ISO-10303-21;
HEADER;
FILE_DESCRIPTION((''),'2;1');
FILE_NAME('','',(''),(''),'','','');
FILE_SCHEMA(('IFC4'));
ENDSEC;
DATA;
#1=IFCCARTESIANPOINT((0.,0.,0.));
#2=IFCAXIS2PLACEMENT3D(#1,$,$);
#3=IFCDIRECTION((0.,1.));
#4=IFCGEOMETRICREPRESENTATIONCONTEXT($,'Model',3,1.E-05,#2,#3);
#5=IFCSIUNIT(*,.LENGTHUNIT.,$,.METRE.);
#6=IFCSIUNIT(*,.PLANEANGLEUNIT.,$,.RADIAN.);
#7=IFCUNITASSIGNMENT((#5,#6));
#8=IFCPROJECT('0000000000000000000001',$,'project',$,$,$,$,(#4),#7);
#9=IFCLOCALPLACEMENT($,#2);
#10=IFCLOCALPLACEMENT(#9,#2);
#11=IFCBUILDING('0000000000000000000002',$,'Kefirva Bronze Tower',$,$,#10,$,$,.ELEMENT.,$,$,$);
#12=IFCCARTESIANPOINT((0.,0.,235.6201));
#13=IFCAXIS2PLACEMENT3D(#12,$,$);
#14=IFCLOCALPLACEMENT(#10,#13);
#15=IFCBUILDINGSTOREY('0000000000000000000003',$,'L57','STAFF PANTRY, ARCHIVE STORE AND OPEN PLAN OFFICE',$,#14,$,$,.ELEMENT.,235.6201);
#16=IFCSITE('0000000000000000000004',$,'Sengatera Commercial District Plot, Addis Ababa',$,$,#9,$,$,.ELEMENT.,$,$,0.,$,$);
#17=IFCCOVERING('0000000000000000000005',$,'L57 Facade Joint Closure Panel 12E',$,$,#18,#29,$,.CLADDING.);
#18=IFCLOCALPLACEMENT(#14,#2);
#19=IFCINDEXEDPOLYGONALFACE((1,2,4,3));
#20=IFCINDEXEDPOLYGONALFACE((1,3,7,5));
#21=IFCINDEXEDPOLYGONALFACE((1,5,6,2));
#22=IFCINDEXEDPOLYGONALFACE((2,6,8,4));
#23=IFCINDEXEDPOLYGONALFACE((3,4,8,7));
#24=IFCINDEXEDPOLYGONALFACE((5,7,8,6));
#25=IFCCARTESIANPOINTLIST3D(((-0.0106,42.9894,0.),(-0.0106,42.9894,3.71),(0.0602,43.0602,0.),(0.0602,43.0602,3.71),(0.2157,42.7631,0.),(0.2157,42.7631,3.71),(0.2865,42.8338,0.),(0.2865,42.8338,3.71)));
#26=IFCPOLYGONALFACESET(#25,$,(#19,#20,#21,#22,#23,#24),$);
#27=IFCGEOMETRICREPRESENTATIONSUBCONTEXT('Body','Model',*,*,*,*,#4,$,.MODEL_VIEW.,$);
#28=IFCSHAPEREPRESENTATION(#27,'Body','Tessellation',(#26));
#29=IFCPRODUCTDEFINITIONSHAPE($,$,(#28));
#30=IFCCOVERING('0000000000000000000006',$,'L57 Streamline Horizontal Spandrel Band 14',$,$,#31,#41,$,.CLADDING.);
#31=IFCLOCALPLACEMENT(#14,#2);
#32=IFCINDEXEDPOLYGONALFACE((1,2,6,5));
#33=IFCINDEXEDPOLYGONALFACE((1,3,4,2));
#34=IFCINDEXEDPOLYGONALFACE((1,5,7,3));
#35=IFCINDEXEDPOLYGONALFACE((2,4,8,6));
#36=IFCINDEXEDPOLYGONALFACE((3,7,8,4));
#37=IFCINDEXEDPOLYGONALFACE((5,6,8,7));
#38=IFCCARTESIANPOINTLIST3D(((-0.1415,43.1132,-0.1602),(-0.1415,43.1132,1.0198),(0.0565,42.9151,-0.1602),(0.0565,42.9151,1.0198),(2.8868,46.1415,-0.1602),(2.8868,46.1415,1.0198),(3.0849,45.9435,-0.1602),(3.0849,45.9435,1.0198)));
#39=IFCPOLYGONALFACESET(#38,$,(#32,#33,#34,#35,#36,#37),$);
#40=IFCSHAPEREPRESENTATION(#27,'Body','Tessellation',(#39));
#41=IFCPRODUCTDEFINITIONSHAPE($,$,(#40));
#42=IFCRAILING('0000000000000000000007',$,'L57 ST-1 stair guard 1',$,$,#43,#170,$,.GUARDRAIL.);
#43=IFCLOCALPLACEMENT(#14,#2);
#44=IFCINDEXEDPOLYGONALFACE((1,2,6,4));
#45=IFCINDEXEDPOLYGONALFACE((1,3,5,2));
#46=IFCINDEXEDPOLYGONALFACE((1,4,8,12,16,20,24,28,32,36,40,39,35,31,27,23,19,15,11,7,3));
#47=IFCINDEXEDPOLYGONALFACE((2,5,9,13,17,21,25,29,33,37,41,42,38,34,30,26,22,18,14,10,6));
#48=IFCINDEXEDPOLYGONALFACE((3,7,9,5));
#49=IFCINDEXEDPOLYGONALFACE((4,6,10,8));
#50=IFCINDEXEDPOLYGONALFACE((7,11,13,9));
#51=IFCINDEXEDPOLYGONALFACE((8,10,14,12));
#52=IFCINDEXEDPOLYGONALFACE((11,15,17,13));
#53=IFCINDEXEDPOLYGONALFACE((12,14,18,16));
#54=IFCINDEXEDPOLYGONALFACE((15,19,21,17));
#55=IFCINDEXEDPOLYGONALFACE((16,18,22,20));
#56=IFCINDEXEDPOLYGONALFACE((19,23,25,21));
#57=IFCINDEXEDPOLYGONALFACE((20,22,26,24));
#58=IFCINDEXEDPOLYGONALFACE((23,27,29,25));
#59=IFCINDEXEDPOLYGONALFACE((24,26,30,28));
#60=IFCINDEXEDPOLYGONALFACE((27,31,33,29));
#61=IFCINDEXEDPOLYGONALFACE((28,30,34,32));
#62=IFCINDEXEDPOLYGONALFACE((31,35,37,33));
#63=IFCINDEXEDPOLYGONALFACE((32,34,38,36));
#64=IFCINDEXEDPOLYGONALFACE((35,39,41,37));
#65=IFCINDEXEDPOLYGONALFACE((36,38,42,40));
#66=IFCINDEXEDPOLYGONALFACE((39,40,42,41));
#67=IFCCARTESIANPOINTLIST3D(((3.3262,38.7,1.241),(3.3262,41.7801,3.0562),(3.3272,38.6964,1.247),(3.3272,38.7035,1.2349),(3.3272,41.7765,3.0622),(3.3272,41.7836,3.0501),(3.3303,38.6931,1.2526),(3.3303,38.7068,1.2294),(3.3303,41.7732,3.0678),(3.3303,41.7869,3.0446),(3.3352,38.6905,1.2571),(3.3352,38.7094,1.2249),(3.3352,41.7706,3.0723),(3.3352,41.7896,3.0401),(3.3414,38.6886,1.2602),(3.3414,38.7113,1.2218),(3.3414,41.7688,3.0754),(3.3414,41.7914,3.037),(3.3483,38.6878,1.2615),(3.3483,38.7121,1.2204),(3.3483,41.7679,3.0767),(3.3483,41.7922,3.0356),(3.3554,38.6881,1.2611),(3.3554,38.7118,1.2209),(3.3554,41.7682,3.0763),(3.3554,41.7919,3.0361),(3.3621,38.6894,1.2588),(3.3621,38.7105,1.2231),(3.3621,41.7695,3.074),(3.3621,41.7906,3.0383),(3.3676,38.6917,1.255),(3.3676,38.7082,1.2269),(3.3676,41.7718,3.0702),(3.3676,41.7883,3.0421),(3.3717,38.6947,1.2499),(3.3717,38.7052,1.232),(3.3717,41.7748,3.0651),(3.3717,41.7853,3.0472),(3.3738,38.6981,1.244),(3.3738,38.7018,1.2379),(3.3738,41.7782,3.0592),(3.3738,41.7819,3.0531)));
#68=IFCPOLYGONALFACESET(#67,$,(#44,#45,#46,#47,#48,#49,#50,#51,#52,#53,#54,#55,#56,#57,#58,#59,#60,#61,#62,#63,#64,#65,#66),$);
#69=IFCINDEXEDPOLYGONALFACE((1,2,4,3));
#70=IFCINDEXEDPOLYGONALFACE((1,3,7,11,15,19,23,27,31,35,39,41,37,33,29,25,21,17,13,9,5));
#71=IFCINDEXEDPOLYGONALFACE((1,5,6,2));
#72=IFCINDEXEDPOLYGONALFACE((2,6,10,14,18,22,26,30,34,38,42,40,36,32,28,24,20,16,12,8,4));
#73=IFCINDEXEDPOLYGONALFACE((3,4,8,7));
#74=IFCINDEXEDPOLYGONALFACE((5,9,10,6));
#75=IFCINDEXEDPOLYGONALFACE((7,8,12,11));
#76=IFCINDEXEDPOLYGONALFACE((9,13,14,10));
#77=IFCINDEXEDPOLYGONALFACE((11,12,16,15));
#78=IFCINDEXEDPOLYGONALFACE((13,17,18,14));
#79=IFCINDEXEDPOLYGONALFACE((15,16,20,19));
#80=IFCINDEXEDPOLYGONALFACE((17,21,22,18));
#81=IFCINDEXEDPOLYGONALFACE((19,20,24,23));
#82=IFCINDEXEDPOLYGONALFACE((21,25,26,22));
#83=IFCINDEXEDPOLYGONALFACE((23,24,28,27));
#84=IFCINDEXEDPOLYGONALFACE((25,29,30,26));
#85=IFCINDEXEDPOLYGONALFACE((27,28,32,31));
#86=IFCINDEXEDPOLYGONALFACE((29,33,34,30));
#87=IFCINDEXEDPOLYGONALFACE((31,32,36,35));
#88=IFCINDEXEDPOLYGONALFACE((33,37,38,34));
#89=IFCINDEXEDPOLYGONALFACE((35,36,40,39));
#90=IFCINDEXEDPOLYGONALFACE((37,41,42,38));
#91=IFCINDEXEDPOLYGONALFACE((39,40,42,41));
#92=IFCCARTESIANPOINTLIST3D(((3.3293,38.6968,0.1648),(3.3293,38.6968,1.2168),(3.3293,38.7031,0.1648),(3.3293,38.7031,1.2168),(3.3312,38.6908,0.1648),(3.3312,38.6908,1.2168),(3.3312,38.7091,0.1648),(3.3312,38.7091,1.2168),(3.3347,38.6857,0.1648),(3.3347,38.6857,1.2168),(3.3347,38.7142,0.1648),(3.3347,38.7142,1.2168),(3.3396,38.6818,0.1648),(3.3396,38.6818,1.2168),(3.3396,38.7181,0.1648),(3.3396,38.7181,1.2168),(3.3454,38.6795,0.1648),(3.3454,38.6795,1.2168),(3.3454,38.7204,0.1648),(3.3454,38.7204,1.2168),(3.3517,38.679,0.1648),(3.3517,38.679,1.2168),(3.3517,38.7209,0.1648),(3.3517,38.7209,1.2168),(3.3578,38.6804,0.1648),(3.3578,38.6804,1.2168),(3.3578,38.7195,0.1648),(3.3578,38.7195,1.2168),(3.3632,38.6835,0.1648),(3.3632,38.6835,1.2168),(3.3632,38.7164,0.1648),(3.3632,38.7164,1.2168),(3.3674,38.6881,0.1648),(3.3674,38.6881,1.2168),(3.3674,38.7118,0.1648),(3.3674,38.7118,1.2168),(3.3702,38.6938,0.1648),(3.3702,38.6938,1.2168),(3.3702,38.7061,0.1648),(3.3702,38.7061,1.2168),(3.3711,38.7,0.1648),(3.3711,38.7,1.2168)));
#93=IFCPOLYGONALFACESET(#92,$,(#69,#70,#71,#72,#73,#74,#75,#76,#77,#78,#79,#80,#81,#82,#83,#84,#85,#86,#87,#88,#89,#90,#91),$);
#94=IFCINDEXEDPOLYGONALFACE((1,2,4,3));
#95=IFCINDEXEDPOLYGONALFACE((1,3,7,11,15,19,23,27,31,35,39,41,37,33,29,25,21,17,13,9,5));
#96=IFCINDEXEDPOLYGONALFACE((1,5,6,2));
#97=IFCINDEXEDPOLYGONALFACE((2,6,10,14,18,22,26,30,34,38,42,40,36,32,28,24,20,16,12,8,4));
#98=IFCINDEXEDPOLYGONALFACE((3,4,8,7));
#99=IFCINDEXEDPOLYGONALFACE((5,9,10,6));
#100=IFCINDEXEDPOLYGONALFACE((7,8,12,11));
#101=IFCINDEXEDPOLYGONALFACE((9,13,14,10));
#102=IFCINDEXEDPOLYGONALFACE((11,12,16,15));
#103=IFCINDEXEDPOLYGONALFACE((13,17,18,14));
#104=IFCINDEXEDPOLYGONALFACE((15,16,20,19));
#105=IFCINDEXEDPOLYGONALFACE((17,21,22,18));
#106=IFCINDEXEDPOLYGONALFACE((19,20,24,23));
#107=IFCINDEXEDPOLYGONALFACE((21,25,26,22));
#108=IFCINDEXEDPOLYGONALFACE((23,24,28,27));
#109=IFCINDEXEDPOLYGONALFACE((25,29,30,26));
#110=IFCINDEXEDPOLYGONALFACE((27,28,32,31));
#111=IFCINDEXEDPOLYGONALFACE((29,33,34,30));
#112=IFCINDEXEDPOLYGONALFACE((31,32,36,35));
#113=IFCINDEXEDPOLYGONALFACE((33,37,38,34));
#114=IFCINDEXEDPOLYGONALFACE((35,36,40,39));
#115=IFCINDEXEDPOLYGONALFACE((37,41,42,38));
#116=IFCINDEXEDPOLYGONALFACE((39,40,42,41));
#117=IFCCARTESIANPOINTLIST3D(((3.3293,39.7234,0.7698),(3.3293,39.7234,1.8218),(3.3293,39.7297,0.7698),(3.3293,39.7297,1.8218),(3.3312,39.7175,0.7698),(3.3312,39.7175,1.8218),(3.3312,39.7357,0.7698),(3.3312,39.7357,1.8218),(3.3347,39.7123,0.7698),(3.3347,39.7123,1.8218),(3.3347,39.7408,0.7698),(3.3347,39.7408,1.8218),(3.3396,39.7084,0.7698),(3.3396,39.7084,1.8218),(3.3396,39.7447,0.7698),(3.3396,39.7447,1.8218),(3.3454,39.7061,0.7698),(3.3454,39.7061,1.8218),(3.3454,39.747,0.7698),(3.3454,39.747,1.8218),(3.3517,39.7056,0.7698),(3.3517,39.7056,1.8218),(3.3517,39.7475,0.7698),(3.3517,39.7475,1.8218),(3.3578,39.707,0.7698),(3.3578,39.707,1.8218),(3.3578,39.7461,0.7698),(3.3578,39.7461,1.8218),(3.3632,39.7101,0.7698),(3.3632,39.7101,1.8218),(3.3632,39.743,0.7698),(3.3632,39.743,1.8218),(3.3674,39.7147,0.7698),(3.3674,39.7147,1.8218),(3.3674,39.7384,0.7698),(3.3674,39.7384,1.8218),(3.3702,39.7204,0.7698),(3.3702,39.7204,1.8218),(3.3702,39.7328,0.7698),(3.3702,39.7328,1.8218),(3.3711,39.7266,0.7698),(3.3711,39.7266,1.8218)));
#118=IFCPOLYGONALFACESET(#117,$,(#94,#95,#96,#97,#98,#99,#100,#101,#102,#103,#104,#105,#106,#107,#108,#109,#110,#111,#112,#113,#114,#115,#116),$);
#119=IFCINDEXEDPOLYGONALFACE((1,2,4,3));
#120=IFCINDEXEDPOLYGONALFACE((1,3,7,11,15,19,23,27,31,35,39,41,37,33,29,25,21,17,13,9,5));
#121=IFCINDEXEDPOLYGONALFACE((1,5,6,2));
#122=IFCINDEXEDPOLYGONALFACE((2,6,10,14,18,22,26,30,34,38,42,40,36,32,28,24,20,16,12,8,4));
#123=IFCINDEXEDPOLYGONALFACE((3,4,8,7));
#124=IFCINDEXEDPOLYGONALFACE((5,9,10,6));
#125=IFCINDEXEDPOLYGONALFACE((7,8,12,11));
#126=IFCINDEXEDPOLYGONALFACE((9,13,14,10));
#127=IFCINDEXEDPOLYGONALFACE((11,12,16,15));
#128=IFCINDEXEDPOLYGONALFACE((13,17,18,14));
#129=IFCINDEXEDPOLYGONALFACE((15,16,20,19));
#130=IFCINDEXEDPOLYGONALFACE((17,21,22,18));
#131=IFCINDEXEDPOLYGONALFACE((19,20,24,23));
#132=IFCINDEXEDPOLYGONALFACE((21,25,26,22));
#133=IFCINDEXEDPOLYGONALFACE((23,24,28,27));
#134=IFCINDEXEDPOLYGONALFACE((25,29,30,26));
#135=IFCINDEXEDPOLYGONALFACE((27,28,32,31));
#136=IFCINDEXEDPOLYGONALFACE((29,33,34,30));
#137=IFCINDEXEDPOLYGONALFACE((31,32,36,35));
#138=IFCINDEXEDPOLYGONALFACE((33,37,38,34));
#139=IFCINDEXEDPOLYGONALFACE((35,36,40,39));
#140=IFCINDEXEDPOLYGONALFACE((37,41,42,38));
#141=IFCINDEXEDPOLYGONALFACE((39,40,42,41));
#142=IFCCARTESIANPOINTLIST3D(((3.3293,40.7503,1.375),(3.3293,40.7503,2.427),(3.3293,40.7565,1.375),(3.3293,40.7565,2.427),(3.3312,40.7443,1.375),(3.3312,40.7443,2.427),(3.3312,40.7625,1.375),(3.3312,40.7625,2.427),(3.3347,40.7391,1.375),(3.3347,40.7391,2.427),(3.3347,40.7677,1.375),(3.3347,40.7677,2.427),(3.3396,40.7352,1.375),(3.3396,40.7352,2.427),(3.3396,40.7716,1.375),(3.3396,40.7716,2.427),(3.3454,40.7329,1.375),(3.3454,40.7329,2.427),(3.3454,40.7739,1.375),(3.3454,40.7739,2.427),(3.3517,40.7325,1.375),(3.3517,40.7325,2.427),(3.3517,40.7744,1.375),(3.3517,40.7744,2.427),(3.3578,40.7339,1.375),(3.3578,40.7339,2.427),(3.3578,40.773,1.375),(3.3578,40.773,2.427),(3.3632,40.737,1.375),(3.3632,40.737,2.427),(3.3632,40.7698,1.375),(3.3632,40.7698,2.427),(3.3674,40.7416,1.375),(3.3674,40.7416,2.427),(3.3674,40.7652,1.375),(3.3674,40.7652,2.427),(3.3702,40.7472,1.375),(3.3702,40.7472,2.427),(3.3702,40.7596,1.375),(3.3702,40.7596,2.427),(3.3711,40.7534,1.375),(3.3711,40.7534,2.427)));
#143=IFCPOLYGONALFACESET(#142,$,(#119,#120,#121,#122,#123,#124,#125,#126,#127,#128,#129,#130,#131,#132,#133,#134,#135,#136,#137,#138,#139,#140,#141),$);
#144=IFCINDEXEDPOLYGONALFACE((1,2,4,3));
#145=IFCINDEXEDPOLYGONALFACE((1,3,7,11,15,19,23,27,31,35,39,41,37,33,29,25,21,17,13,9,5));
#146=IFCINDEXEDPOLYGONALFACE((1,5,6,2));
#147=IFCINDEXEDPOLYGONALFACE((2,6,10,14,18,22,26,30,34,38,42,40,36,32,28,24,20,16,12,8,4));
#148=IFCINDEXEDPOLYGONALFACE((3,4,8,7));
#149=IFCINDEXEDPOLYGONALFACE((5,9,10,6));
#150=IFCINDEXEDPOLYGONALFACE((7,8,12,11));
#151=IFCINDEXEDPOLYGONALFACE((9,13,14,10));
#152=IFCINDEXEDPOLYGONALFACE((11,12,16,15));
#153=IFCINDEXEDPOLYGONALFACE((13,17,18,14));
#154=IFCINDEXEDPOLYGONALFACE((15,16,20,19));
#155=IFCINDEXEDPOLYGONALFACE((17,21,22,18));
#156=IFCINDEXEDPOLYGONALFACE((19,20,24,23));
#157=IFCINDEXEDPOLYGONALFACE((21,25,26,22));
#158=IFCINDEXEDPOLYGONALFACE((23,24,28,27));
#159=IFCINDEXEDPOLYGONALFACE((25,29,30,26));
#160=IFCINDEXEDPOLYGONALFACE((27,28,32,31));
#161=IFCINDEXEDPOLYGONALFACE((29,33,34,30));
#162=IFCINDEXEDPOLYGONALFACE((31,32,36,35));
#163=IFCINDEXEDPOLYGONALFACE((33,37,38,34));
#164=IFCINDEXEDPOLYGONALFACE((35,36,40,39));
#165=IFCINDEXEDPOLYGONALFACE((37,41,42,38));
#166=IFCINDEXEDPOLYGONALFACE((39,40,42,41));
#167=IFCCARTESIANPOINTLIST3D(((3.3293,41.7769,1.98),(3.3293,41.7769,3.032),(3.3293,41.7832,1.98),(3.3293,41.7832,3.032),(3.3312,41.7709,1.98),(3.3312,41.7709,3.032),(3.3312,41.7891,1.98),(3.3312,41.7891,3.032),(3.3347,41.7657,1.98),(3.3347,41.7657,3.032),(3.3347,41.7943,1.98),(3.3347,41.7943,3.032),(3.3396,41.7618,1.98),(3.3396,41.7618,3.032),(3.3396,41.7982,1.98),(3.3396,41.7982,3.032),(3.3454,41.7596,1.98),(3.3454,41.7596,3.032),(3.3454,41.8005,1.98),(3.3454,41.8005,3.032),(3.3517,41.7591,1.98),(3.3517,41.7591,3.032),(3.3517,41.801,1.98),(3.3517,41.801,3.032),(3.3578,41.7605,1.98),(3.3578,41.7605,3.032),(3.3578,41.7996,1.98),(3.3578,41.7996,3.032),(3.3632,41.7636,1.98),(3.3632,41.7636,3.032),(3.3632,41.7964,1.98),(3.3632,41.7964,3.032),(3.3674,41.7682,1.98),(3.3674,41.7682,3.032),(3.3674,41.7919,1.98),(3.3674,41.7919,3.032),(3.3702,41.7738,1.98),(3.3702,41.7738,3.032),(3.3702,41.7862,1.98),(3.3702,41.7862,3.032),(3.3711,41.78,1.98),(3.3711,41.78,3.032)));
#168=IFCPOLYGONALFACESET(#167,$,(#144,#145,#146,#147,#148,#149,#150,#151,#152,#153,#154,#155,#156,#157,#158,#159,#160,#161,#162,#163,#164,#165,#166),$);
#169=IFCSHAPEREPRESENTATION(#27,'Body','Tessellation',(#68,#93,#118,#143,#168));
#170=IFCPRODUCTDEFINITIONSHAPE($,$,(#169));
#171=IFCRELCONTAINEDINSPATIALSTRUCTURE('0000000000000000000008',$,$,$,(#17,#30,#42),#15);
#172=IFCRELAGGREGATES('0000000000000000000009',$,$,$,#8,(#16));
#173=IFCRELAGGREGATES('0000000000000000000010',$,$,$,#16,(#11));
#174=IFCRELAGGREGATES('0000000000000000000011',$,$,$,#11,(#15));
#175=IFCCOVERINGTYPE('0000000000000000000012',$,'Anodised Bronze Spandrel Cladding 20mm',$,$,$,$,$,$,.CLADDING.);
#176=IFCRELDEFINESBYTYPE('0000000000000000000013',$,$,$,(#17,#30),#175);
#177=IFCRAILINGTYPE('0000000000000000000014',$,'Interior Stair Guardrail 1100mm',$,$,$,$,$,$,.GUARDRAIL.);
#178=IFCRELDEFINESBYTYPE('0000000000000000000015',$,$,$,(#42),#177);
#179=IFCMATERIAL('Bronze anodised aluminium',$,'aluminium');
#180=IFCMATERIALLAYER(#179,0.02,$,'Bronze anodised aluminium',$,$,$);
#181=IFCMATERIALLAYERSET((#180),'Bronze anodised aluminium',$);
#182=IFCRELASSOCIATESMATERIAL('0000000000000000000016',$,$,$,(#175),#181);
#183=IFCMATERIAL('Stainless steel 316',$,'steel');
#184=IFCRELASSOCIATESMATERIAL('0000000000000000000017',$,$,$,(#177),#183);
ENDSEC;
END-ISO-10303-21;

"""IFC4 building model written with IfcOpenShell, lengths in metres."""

from ifc_helpers import new_model, si_unit, direction, frame, origin, origin_2d, place, context, subcontext, project, spatial, rectangle, circle, extrude, material, layer, layer_set, type_object, element, save


model = new_model("IFC4")

# Units and contexts
model_context = context("Model", 3, precision=1e-05, world=origin(), true_north=direction((0.0, 1.0)))
body_context = subcontext(model_context, "Body", "Model", "MODEL_VIEW")
ifc_project = project(units=[si_unit("LENGTHUNIT", "METRE"), si_unit("PLANEANGLEUNIT", "RADIAN")], contexts=[model_context])

# Site, building, storey
site_placement = place(None, origin())
site = spatial("IfcSite", under=ifc_project, at=site_placement, Name="Sengatera Commercial District Plot, Addis Ababa", CompositionType="ELEMENT", RefElevation=0.0)
building_placement = place(site_placement, origin())
building = spatial("IfcBuilding", under=site, at=building_placement, Name="Kefirva Bronze Tower", CompositionType="ELEMENT")
storey_placement = place(building_placement, frame((0.0, 0.0, 235.6201)))
storey = spatial("IfcBuildingStorey", under=building, at=storey_placement, Name="L57", Description="STAFF PANTRY, ARCHIVE STORE AND OPEN PLAN OFFICE", CompositionType="ELEMENT", Elevation=235.6201)

# Coverings
ifc_material_1 = material(Name="Bronze anodised aluminium", Category="aluminium")
ifc_layer_1 = layer(ifc_material_1, 0.02, Name="Bronze anodised aluminium")
ifc_layer_set_1 = layer_set([ifc_layer_1], Name="Bronze anodised aluminium")
covering_type_1 = type_object("IfcCoveringType", Name="Anodised Bronze Spandrel Cladding 20mm", PredefinedType="CLADDING", material=ifc_layer_set_1)
for number, where, z_axis, x_axis, name in (
    (1, (0.1379, 42.9116, 0.0), (0.0, 0.0, 1.0), (-0.707107, -0.707107, 0.0), "L57 Facade Joint Closure Panel 12E"),
):
    element("IfcCovering", number, at=place(storey_placement, frame(where, z_axis=z_axis, x_axis=x_axis)), inside=storey, type_object=covering_type_1, Name=name, PredefinedType="CLADDING", context=body_context, shape_type="SweptSolid", body=[
        extrude(rectangle(XDim=0.1001, YDim=0.3201, at=origin_2d()), origin(), (0.0, 0.0, 1.0), 3.71),
    ])
covering_1_placement = place(storey_placement, frame((1.4717, 44.5283, -0.1602), z_axis=(0.0, 0.0, 1.0), x_axis=(-0.707107, -0.707107, 0.0)))
element("IfcCovering", 2, at=covering_1_placement, inside=storey, type_object=covering_type_1, Name="L57 Streamline Horizontal Spandrel Band 14", PredefinedType="CLADDING", context=body_context, shape_type="SweptSolid", body=[
    extrude(rectangle(XDim=4.2827, YDim=0.28, at=origin_2d()), origin(), (0.0, 0.0, 1.0), 1.1799),
])

# Railing
ifc_material_2 = material(Name="Stainless steel 316", Category="steel")
railing_type_1 = type_object("IfcRailingType", Name="Interior Stair Guardrail 1100mm", PredefinedType="GUARDRAIL", material=ifc_material_2)
railing_1_placement = place(storey_placement, frame((3.3501, 38.7, 0.1648)))
element("IfcRailing", 3, at=railing_1_placement, inside=storey, type_object=railing_type_1, Name="L57 ST-1 stair guard 1", PredefinedType="GUARDRAIL", context=body_context, shape_type="SweptSolid", body=[
    extrude(circle(Radius=0.0239, at=origin_2d()), frame((0.0, 0.0, 1.0762), z_axis=(0.0, 0.861521, 0.507721), x_axis=(-1.0, 0.0, 0.0)), (0.0, 0.0, 1.0), 3.5752),
    extrude(circle(Radius=0.021, at=origin_2d()), origin(), (0.0, 0.0, 1.0), 1.052),
    extrude(circle(Radius=0.021, at=origin_2d()), frame((0.0, 1.0266, 0.605)), (0.0, 0.0, 1.0), 1.052),
    extrude(circle(Radius=0.021, at=origin_2d()), frame((0.0, 2.0535, 1.2102)), (0.0, 0.0, 1.0), 1.052),
    extrude(circle(Radius=0.021, at=origin_2d()), frame((0.0, 3.0801, 1.8152)), (0.0, 0.0, 1.0), 1.052),
])

save(model, "model.ifc")
